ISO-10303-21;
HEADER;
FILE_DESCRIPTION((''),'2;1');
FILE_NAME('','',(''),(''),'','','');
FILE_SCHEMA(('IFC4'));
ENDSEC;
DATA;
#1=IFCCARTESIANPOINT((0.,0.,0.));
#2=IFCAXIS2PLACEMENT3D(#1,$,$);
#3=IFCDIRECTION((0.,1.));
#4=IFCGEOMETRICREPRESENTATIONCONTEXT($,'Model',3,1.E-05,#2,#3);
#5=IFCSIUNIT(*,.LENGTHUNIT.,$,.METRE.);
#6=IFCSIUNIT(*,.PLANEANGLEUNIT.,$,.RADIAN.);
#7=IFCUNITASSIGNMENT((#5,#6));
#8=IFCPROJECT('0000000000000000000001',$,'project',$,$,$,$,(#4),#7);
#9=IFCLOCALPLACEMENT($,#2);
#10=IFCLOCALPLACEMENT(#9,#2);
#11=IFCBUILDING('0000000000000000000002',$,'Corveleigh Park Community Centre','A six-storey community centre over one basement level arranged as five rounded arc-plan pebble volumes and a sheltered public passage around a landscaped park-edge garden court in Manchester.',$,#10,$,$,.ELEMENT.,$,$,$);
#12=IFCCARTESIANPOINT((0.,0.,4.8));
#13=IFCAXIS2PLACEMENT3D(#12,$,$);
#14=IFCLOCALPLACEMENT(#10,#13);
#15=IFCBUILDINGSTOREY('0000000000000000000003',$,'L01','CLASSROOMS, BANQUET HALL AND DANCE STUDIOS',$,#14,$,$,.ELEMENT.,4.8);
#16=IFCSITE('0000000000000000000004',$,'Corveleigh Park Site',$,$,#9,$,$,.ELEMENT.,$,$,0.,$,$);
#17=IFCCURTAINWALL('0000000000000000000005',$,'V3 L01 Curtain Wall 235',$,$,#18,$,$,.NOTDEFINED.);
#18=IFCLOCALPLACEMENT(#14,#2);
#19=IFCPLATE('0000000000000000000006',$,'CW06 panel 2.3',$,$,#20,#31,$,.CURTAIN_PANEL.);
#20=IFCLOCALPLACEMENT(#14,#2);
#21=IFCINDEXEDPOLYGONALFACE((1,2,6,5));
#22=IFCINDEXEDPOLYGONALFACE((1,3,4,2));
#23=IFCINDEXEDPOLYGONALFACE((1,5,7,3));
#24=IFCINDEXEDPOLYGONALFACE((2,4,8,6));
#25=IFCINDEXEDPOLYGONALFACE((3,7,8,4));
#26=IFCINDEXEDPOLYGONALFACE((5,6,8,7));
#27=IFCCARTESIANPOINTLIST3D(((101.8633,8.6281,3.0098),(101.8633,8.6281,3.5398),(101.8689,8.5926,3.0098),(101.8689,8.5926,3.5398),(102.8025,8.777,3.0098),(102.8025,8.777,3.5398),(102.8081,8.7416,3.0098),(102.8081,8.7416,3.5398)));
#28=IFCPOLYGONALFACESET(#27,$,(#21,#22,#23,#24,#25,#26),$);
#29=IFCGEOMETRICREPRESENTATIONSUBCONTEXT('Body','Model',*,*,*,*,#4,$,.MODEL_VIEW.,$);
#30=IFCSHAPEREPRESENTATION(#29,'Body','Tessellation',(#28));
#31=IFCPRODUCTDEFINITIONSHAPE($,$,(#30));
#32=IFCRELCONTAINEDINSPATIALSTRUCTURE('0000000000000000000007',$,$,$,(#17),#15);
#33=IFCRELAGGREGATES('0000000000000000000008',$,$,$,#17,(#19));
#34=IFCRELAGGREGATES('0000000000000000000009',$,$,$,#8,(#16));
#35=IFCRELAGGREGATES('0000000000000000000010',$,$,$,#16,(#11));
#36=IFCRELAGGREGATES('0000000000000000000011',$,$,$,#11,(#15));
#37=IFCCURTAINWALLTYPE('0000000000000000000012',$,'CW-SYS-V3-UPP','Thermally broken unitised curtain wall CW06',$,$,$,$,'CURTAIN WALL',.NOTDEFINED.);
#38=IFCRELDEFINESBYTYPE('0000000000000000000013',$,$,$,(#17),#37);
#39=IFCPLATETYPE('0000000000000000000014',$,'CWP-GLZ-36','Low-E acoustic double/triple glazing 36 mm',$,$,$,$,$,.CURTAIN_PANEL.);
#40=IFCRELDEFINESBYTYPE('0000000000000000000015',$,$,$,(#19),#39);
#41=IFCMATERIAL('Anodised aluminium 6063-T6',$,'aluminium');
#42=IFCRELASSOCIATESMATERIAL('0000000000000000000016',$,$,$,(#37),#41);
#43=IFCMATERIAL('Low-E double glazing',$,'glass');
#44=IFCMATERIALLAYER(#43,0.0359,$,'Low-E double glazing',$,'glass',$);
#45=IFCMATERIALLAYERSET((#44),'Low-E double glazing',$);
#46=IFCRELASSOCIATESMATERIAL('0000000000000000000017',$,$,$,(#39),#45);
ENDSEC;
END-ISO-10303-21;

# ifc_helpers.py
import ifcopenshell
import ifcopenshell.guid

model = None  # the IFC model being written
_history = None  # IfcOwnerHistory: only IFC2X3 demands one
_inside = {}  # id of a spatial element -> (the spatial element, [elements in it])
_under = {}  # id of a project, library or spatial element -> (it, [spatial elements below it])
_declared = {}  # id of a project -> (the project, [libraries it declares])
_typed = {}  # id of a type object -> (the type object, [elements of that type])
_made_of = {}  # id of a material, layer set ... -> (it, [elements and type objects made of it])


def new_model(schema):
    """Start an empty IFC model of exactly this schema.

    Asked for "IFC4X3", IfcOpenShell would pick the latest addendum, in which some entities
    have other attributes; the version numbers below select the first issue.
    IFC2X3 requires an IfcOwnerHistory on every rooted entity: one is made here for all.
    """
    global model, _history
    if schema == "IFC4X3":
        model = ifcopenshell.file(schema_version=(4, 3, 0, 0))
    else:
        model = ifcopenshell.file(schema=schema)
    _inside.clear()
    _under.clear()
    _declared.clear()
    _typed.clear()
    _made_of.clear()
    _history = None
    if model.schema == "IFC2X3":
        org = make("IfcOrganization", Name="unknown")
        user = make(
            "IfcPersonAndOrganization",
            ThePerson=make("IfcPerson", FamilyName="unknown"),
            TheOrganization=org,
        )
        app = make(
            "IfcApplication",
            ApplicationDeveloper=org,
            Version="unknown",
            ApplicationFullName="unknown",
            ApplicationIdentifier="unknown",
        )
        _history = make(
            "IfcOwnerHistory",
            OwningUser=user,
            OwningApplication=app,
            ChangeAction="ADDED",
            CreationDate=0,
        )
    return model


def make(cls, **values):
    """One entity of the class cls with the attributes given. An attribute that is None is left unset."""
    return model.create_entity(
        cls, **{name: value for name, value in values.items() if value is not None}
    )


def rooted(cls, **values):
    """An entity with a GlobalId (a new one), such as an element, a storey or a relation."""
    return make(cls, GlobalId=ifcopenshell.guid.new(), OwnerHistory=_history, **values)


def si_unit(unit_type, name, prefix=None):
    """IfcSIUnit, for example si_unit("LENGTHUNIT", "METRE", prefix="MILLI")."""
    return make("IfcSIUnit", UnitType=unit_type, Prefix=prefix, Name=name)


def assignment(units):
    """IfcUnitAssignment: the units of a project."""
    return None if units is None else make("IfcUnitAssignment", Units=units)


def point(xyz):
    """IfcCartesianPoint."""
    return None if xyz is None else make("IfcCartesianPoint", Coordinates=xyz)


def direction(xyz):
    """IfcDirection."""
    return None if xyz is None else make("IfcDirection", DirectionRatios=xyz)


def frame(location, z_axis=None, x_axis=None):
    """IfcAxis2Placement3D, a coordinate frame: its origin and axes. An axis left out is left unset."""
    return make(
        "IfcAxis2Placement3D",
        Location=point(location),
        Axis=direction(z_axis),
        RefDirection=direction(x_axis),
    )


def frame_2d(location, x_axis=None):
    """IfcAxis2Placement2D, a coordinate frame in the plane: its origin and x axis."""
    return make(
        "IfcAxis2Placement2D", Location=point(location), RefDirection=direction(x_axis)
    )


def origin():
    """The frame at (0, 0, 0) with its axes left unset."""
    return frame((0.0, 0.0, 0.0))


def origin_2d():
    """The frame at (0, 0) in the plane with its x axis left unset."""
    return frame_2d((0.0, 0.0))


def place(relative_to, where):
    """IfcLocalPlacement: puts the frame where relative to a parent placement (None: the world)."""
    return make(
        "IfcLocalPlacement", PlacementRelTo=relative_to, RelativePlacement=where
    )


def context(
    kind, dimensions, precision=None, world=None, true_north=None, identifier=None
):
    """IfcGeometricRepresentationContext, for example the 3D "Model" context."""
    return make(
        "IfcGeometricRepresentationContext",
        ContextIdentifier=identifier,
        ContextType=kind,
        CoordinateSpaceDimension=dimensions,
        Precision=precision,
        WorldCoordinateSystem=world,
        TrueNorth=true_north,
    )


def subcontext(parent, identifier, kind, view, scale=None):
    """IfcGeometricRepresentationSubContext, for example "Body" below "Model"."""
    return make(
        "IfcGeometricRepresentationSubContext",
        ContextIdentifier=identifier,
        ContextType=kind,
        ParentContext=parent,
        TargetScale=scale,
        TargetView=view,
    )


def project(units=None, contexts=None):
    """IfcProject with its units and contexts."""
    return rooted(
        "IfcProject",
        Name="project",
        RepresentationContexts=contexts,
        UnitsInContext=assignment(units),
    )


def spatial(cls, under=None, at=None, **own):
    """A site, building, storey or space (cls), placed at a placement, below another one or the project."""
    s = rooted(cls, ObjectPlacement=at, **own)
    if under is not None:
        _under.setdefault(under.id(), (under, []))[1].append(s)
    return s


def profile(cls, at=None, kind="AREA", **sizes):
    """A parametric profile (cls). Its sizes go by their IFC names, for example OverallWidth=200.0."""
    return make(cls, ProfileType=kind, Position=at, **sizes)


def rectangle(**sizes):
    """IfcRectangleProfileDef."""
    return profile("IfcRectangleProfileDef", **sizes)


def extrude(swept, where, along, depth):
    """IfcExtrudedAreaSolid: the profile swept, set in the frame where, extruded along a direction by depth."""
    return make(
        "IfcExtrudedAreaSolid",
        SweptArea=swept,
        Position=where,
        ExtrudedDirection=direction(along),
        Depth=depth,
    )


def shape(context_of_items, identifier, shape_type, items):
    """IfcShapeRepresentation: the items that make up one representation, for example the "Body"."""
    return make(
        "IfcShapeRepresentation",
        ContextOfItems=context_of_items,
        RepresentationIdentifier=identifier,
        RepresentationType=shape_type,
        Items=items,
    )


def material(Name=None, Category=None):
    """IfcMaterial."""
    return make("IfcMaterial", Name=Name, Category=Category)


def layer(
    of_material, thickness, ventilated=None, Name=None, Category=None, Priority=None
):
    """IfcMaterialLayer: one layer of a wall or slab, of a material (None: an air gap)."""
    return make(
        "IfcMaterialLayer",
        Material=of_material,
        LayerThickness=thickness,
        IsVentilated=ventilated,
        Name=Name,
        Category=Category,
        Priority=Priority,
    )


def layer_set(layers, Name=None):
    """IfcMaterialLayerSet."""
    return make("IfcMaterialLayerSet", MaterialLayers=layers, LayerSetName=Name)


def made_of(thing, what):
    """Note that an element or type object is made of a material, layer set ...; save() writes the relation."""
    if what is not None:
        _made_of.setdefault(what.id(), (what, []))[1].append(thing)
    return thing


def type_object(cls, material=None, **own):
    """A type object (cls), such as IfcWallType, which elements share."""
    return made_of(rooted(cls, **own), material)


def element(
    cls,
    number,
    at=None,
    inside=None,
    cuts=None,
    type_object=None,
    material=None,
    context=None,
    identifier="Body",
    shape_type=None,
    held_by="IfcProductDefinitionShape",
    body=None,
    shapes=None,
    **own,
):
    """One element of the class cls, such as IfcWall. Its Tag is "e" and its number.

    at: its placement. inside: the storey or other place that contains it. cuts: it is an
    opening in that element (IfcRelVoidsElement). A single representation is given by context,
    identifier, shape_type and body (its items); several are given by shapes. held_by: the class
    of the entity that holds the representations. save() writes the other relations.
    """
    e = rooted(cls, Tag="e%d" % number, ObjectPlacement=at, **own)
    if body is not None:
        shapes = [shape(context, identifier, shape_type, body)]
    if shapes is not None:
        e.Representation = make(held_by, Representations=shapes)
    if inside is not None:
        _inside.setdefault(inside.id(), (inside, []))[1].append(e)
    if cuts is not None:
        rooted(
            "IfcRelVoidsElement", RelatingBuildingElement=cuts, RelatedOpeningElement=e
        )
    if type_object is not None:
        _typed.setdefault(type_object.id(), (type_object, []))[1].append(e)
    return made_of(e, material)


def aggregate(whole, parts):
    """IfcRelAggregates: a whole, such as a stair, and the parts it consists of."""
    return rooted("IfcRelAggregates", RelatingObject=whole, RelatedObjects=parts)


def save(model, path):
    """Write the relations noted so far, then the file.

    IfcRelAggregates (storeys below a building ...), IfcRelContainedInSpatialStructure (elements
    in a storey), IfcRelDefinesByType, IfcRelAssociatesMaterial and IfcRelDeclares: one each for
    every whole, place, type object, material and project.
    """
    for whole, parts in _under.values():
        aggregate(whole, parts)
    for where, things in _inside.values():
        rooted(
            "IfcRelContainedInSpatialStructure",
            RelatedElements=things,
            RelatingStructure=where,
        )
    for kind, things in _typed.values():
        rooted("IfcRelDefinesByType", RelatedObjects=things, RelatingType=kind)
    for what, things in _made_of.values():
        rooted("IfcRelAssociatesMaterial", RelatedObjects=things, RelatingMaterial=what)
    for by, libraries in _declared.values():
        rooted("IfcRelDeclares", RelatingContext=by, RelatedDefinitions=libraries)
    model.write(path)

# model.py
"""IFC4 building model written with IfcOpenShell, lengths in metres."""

from ifc_helpers import new_model, si_unit, direction, frame, origin, origin_2d, place, context, subcontext, project, spatial, rectangle, extrude, material, layer, layer_set, type_object, element, aggregate, save


model = new_model("IFC4")

# Units and contexts
model_context = context("Model", 3, precision=1e-05, world=origin(), true_north=direction((0.0, 1.0)))
body_context = subcontext(model_context, "Body", "Model", "MODEL_VIEW")
ifc_project = project(units=[si_unit("LENGTHUNIT", "METRE"), si_unit("PLANEANGLEUNIT", "RADIAN")], contexts=[model_context])

# Site, building, storey
site_placement = place(None, origin())
site = spatial("IfcSite", under=ifc_project, at=site_placement, Name="Corveleigh Park Site", CompositionType="ELEMENT", RefElevation=0.0)
building_placement = place(site_placement, origin())
building = spatial("IfcBuilding", under=site, at=building_placement, Name="Corveleigh Park Community Centre", Description="A six-storey community centre over one basement level arranged as five rounded arc-plan pebble volumes and a sheltered public passage around a landscaped park-edge garden court in Manchester.", CompositionType="ELEMENT")
storey_placement = place(building_placement, frame((0.0, 0.0, 4.8)))
storey = spatial("IfcBuildingStorey", under=building, at=storey_placement, Name="L01", Description="CLASSROOMS, BANQUET HALL AND DANCE STUDIOS", CompositionType="ELEMENT", Elevation=4.8)

# Curtain wall
ifc_material_1 = material(Name="Anodised aluminium 6063-T6", Category="aluminium")
curtain_wall_type = type_object("IfcCurtainWallType", Name="CW-SYS-V3-UPP", Description="Thermally broken unitised curtain wall CW06", ElementType="CURTAIN WALL", PredefinedType="NOTDEFINED", material=ifc_material_1)
curtain_wall_1_placement = place(storey_placement, origin())
curtain_wall_1 = element("IfcCurtainWall", 1, at=curtain_wall_1_placement, inside=storey, type_object=curtain_wall_type, Name="V3 L01 Curtain Wall 235", PredefinedType="NOTDEFINED")

# Plate
ifc_material_2 = material(Name="Low-E double glazing", Category="glass")
ifc_layer_1 = layer(ifc_material_2, 0.0359, Name="Low-E double glazing", Category="glass")
ifc_layer_set_1 = layer_set([ifc_layer_1], Name="Low-E double glazing")
plate_type_1 = type_object("IfcPlateType", Name="CWP-GLZ-36", Description="Low-E acoustic double/triple glazing 36 mm", PredefinedType="CURTAIN_PANEL", material=ifc_layer_set_1)
plate_1_placement = place(storey_placement, frame((102.3357, 8.6848, 3.0098), z_axis=(0.0, 0.0, 1.0), x_axis=(-0.987661, -0.156604, 0.0)))
plate_1 = element("IfcPlate", 2, at=plate_1_placement, type_object=plate_type_1, Name="CW06 panel 2.3", PredefinedType="CURTAIN_PANEL", context=body_context, shape_type="SweptSolid", body=[
    extrude(rectangle(XDim=0.9509, YDim=0.0359, at=origin_2d()), origin(), (0.0, 0.0, 1.0), 0.53),
])
aggregate(curtain_wall_1, [plate_1])

save(model, "model.ifc")
